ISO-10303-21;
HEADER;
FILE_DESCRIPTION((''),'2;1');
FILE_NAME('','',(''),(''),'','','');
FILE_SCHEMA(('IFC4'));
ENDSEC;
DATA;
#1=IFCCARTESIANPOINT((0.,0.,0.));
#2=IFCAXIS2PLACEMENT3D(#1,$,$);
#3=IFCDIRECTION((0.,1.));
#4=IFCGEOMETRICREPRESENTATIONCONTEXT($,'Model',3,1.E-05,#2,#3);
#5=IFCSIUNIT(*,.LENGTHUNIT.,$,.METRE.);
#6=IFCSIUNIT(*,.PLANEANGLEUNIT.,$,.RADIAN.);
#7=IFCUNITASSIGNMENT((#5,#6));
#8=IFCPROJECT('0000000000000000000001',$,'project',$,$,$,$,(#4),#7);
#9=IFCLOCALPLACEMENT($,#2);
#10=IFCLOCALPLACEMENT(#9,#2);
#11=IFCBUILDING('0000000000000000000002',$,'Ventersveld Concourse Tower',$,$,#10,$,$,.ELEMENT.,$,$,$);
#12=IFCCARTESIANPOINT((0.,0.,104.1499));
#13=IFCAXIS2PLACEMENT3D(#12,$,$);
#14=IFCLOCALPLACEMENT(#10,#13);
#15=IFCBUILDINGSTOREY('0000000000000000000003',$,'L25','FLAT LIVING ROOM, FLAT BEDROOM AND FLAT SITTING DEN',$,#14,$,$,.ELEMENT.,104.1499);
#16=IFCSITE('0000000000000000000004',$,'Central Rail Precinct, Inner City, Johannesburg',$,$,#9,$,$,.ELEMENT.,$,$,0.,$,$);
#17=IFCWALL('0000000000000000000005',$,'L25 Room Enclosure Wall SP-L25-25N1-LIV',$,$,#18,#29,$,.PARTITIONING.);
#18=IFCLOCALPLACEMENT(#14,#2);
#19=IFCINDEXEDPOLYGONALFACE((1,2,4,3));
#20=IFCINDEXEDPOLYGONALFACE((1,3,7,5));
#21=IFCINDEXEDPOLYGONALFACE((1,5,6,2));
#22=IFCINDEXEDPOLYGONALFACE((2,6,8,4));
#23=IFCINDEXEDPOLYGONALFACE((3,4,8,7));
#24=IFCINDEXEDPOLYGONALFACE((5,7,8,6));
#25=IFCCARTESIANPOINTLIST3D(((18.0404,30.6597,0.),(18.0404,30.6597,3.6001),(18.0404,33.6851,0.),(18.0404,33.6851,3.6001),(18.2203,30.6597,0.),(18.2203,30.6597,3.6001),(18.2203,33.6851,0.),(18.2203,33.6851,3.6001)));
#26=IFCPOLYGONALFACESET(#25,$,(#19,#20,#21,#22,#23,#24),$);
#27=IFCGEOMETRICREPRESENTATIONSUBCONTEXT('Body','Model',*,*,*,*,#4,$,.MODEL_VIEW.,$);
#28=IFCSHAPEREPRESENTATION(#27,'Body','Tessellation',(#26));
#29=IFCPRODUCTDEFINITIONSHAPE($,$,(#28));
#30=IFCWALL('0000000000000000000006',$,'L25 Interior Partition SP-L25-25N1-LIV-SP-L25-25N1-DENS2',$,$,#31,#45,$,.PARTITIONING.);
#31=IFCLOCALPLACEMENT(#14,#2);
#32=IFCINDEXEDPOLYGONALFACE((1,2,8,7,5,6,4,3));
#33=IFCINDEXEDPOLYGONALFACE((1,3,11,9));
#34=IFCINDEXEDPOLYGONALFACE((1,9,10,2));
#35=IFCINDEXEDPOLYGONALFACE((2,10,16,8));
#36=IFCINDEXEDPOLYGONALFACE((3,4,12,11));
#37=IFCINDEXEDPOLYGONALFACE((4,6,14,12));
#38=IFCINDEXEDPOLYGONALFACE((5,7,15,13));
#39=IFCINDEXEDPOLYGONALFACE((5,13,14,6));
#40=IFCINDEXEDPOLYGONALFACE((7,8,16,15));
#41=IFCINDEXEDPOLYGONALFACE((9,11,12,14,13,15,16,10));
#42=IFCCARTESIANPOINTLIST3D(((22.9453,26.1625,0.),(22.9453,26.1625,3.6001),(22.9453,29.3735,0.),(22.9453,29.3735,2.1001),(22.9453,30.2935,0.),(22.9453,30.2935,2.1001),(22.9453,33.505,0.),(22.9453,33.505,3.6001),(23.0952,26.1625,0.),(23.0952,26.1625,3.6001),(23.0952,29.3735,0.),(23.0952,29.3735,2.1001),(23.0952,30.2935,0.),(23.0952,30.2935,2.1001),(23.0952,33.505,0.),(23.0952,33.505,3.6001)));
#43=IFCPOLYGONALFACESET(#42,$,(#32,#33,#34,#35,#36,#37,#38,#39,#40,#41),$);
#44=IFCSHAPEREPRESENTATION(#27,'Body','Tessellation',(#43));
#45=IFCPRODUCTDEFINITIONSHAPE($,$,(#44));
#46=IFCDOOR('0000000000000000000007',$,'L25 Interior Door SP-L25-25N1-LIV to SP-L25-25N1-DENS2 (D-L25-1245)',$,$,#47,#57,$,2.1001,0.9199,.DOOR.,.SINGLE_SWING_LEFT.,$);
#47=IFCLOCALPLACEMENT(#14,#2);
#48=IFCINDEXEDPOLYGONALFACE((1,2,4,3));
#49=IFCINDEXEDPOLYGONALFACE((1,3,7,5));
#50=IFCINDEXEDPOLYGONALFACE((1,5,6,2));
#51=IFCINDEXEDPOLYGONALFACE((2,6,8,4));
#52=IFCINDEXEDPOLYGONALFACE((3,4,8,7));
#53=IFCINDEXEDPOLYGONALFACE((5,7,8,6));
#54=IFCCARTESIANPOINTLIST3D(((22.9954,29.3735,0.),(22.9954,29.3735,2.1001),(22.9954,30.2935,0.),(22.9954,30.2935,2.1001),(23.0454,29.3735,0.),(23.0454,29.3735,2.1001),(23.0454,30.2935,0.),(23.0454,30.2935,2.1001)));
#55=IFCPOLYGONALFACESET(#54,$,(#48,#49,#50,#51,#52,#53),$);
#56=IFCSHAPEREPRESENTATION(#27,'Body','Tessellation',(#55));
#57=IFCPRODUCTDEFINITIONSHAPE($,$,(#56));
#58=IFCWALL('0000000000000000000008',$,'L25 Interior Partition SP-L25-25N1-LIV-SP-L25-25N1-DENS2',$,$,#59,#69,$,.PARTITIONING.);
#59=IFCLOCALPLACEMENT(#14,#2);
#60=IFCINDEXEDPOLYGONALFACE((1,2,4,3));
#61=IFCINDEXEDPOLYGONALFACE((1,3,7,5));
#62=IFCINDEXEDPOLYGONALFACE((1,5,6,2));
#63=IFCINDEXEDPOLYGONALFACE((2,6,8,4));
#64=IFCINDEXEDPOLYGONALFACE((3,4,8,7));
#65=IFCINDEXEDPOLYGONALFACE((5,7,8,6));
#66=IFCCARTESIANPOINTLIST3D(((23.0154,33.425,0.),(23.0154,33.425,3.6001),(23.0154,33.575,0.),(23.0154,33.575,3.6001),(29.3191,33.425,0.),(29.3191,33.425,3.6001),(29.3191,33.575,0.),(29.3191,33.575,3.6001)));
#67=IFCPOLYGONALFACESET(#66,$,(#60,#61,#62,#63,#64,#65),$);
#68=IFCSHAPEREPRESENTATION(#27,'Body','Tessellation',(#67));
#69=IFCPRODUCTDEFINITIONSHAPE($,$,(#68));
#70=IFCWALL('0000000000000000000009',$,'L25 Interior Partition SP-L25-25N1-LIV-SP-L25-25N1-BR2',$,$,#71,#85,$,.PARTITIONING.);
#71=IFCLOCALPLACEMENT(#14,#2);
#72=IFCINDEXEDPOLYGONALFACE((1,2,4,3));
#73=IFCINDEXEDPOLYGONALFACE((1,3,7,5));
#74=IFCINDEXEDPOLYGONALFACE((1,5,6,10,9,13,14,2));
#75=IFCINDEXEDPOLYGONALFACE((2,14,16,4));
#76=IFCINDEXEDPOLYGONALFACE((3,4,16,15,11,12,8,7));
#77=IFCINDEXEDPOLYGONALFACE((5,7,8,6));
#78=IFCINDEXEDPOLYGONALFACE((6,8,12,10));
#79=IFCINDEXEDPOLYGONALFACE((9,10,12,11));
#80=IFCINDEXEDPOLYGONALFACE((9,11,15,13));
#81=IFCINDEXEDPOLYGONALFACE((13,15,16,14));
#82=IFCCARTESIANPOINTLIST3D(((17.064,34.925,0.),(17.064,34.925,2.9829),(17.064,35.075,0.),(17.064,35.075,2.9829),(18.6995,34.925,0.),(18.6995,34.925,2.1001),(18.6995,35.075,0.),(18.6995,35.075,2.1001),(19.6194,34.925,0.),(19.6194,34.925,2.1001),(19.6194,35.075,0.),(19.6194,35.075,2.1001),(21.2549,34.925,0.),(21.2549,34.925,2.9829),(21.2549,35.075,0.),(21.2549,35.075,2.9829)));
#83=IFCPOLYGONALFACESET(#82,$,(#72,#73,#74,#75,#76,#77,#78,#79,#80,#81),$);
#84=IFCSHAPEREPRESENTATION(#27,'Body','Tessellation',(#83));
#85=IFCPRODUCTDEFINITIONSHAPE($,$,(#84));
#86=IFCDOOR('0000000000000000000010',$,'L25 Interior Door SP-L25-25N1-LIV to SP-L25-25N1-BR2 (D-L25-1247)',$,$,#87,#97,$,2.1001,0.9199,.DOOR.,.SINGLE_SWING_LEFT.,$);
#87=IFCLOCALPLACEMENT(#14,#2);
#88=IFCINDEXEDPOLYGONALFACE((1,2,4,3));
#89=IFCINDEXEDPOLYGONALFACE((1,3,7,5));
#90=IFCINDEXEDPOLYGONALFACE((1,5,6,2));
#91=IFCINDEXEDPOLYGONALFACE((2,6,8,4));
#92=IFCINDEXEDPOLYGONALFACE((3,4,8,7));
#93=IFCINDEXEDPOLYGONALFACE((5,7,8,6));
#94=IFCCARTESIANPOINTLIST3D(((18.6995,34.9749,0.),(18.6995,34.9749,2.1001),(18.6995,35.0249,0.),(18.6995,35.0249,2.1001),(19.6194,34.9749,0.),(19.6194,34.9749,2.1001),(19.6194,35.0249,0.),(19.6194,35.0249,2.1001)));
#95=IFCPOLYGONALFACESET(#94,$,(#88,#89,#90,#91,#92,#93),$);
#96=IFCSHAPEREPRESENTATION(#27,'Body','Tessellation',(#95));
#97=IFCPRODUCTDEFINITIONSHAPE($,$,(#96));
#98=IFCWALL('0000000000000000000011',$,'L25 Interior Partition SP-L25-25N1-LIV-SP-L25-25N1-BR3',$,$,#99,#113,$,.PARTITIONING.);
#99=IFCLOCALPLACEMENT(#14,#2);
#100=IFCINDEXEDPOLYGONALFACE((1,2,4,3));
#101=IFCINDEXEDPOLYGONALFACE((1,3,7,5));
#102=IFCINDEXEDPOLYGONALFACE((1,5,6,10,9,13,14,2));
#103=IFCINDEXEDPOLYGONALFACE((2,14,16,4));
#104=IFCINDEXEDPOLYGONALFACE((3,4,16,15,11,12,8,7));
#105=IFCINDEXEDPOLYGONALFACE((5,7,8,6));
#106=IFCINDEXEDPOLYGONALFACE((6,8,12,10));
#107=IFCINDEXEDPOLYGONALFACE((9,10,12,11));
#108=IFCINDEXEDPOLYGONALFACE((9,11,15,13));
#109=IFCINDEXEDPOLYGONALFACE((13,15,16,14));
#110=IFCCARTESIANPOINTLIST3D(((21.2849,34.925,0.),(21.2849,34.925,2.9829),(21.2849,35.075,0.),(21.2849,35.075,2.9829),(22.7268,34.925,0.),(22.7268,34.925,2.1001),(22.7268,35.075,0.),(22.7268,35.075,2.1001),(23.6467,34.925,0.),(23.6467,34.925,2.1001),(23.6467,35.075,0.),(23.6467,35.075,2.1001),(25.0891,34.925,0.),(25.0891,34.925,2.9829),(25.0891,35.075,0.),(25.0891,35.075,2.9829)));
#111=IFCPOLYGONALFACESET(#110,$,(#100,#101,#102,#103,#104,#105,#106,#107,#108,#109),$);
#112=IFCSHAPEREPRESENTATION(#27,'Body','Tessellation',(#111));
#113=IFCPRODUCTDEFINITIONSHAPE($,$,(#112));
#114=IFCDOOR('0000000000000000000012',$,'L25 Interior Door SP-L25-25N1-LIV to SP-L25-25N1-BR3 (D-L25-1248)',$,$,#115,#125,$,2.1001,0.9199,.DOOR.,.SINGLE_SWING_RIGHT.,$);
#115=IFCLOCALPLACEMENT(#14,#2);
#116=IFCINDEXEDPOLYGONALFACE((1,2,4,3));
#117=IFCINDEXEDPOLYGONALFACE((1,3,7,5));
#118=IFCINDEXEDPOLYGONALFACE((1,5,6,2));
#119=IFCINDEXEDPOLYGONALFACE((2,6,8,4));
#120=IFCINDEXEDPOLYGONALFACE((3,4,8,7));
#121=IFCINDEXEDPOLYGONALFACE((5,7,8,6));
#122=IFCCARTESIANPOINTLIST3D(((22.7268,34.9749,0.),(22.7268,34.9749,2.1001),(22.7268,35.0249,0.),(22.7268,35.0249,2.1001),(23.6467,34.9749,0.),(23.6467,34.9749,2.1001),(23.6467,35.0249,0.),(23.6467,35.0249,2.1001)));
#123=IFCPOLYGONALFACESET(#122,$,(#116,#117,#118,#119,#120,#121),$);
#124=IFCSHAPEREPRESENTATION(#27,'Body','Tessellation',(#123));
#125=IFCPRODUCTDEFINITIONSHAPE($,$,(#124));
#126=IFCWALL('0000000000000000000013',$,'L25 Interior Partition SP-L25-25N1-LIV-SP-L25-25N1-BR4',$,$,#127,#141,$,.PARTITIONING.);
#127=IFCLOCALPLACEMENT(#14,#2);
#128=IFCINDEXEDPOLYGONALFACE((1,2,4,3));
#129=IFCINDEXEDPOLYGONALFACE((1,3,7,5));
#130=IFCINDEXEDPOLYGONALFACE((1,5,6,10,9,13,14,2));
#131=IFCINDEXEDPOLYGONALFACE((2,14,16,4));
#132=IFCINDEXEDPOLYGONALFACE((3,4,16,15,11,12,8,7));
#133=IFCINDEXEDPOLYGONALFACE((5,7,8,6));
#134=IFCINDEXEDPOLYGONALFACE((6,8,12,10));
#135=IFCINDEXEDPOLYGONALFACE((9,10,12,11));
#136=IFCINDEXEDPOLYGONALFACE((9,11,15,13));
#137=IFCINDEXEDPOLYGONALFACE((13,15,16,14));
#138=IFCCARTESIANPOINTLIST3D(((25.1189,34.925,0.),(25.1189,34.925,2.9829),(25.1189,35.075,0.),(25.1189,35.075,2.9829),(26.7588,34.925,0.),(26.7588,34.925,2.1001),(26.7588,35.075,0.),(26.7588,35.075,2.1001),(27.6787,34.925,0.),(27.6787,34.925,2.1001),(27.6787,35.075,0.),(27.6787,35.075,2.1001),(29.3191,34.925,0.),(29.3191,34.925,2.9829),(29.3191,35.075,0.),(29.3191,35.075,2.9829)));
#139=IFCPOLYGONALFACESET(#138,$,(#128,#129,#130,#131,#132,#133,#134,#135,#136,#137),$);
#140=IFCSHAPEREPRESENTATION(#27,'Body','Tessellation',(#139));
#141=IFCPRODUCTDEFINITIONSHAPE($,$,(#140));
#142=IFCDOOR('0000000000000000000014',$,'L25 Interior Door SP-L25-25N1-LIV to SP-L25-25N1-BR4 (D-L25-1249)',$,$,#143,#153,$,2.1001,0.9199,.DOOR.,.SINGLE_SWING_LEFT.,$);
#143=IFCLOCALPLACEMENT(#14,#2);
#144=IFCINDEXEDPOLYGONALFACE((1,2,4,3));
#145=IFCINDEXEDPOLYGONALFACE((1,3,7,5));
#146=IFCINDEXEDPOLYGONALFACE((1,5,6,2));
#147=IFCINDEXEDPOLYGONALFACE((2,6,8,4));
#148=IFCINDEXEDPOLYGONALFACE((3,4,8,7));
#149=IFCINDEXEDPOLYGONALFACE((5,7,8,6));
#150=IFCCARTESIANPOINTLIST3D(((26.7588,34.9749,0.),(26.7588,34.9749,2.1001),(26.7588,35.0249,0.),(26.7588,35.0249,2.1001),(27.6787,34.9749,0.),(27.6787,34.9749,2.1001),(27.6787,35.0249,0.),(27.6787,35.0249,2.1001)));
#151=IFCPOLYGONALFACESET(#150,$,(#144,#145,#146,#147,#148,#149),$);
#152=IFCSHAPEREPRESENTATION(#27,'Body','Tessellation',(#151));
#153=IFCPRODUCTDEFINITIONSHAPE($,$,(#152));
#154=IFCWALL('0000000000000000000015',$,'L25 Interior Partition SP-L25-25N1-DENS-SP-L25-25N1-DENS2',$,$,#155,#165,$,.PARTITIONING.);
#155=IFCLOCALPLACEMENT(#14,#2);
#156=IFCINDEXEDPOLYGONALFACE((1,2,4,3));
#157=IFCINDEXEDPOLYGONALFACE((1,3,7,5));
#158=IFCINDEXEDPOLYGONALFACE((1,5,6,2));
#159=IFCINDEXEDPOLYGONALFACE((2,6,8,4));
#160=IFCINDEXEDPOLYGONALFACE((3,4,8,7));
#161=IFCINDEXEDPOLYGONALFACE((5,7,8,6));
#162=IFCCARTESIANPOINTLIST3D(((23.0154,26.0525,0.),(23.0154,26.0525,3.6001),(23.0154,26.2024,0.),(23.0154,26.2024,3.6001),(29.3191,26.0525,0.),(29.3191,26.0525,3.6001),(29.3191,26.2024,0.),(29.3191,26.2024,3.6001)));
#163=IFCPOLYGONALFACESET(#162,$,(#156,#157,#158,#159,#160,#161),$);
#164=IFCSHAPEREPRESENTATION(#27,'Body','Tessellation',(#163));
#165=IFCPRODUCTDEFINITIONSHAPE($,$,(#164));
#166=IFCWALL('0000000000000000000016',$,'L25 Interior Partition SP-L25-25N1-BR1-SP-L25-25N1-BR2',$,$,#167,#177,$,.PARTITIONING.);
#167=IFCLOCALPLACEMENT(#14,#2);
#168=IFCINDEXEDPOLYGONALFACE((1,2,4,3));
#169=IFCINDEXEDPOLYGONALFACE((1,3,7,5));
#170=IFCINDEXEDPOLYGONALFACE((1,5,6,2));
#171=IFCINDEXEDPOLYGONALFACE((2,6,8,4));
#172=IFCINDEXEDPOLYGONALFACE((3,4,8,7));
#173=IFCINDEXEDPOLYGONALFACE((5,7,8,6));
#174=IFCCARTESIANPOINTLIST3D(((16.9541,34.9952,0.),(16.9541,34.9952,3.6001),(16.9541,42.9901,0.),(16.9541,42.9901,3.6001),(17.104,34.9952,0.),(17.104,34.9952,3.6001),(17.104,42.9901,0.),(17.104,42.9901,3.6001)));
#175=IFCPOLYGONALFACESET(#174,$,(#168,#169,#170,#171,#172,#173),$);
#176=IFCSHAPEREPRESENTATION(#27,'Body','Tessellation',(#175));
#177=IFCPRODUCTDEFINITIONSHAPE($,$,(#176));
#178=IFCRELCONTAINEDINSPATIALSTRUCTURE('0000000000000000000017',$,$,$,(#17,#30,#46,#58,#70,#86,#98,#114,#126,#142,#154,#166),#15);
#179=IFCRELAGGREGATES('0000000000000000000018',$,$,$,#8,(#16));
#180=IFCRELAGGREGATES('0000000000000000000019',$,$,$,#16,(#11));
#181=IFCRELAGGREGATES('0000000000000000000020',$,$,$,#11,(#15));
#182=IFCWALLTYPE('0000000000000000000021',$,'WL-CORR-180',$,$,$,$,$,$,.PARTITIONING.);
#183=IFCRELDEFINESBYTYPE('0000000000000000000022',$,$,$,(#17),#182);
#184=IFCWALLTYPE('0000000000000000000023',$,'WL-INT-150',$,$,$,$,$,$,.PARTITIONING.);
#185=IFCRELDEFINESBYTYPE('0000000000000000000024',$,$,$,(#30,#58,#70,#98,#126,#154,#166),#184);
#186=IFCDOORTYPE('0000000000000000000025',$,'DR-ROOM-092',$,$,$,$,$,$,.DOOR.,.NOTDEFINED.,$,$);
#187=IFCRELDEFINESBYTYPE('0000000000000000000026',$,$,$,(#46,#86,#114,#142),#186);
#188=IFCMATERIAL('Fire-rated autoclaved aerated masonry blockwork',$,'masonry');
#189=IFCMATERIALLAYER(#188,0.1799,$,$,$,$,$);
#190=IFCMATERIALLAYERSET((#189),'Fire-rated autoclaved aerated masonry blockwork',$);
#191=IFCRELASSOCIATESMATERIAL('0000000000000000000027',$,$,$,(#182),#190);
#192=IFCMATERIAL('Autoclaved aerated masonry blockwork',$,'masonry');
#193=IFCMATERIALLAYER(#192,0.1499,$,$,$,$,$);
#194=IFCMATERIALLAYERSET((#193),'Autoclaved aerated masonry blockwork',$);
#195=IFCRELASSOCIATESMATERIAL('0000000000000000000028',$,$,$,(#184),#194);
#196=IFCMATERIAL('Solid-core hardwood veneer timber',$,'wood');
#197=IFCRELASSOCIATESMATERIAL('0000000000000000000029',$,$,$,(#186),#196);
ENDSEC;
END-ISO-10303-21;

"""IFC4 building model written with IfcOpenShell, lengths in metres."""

from ifc_helpers import new_model, si_unit, direction, frame, frame_2d, origin, place, context, subcontext, project, spatial, rectangle, extrude, material, layer, layer_set, type_object, element, fill, save


model = new_model("IFC4")

# Units and contexts
model_context = context("Model", 3, precision=1e-05, world=origin(), true_north=direction((0.0, 1.0)))
body_context = subcontext(model_context, "Body", "Model", "MODEL_VIEW")
ifc_project = project(units=[si_unit("LENGTHUNIT", "METRE"), si_unit("PLANEANGLEUNIT", "RADIAN")], contexts=[model_context])

# Site, building, storey
site_placement = place(None, origin())
site = spatial("IfcSite", under=ifc_project, at=site_placement, Name="Central Rail Precinct, Inner City, Johannesburg", CompositionType="ELEMENT", RefElevation=0.0)
building_placement = place(site_placement, origin())
building = spatial("IfcBuilding", under=site, at=building_placement, Name="Ventersveld Concourse Tower", CompositionType="ELEMENT")
storey_placement = place(building_placement, frame((0.0, 0.0, 104.1499)))
storey = spatial("IfcBuildingStorey", under=building, at=storey_placement, Name="L25", Description="FLAT LIVING ROOM, FLAT BEDROOM AND FLAT SITTING DEN", CompositionType="ELEMENT", Elevation=104.1499)

# Wall
ifc_material_1 = material(Name="Fire-rated autoclaved aerated masonry blockwork", Category="masonry")
ifc_layer_1 = layer(ifc_material_1, 0.1799)
ifc_layer_set_1 = layer_set([ifc_layer_1], Name="Fire-rated autoclaved aerated masonry blockwork")
wall_type_1 = type_object("IfcWallType", Name="WL-CORR-180", PredefinedType="PARTITIONING", material=ifc_layer_set_1)
wall_1_placement = place(storey_placement, frame((18.1304, 30.6597, 0.0), z_axis=(0.0, 0.0, 1.0), x_axis=(0.0, 1.0, 0.0)))
element("IfcWall", 1, at=wall_1_placement, inside=storey, type_object=wall_type_1, Name="L25 Room Enclosure Wall SP-L25-25N1-LIV", PredefinedType="PARTITIONING", context=body_context, shape_type="SweptSolid", body=[
    extrude(rectangle(XDim=3.0254, YDim=0.1799, at=frame_2d((1.5127, 0.0))), origin(), (0.0, 0.0, 1.0), 3.6001),
])

# Wall, opening, door
ifc_material_2 = material(Name="Autoclaved aerated masonry blockwork", Category="masonry")
ifc_layer_2 = layer(ifc_material_2, 0.1499)
ifc_layer_set_2 = layer_set([ifc_layer_2], Name="Autoclaved aerated masonry blockwork")
wall_type_2 = type_object("IfcWallType", Name="WL-INT-150", PredefinedType="PARTITIONING", material=ifc_layer_set_2)
wall_2_placement = place(storey_placement, frame((23.0203, 26.1624, 0.0), z_axis=(0.0, 0.0, 1.0), x_axis=(0.0, 1.0, 0.0)))
wall_2 = element("IfcWall", 2, at=wall_2_placement, inside=storey, type_object=wall_type_2, Name="L25 Interior Partition SP-L25-25N1-LIV-SP-L25-25N1-DENS2", PredefinedType="PARTITIONING", context=body_context, shape_type="SweptSolid", body=[
    extrude(rectangle(XDim=7.3425, YDim=0.1499, at=frame_2d((3.6714, 0.0))), origin(), (0.0, 0.0, 1.0), 3.6001),
])
opening_1_placement = place(wall_2_placement, frame((3.2112, 0.0, 0.0)))
opening_1 = element("IfcOpeningElement", 3, at=opening_1_placement, cuts=wall_2, PredefinedType="OPENING", context=body_context, shape_type="SweptSolid", body=[
    extrude(rectangle(XDim=0.9199, YDim=2.1001, at=frame_2d((0.46, 1.05))), frame((0.0, 0.085, 0.0), z_axis=(0.0, -1.0, 0.0), x_axis=(1.0, 0.0, 0.0)), (0.0, 0.0, 1.0), 0.1699),
])
ifc_material_3 = material(Name="Solid-core hardwood veneer timber", Category="wood")
door_type = type_object("IfcDoorType", Name="DR-ROOM-092", OperationType="NOTDEFINED", PredefinedType="DOOR", material=ifc_material_3)
door_1_placement = place(opening_1_placement, origin())
door_1 = element("IfcDoor", 4, at=door_1_placement, inside=storey, type_object=door_type, Name="L25 Interior Door SP-L25-25N1-LIV to SP-L25-25N1-DENS2 (D-L25-1245)", OperationType="SINGLE_SWING_LEFT", OverallHeight=2.1001, OverallWidth=0.9199, PredefinedType="DOOR", context=body_context, shape_type="SweptSolid", body=[
    extrude(rectangle(XDim=0.9199, YDim=2.1001, at=frame_2d((0.46, 1.05))), frame((0.0, 0.0249, 0.0), z_axis=(0.0, -1.0, 0.0), x_axis=(1.0, 0.0, 0.0)), (0.0, 0.0, 1.0), 0.05),
])
fill(opening_1, door_1)

# Wall
wall_3_placement = place(storey_placement, frame((23.0154, 33.5, 0.0), z_axis=(0.0, 0.0, 1.0), x_axis=(1.0, 0.0, 0.0)))
element("IfcWall", 5, at=wall_3_placement, inside=storey, type_object=wall_type_2, Name="L25 Interior Partition SP-L25-25N1-LIV-SP-L25-25N1-DENS2", PredefinedType="PARTITIONING", context=body_context, shape_type="SweptSolid", body=[
    extrude(rectangle(XDim=6.3037, YDim=0.1499, at=frame_2d((3.1519, 0.0))), origin(), (0.0, 0.0, 1.0), 3.6001),
])

# Walls, openings, doors
wall_4_placement = place(storey_placement, frame((17.064, 35.0, 0.0), z_axis=(0.0, 0.0, 1.0), x_axis=(1.0, 0.0, 0.0)))
wall_4 = element("IfcWall", 6, at=wall_4_placement, inside=storey, type_object=wall_type_2, Name="L25 Interior Partition SP-L25-25N1-LIV-SP-L25-25N1-BR2", PredefinedType="PARTITIONING", context=body_context, shape_type="SweptSolid", body=[
    extrude(rectangle(XDim=4.1909, YDim=0.1499, at=frame_2d((2.0955, 0.0))), origin(), (0.0, 0.0, 1.0), 2.9829),
])
opening_2_placement = place(wall_4_placement, frame((1.6355, 0.0, 0.0)))
opening_2 = element("IfcOpeningElement", 7, at=opening_2_placement, cuts=wall_4, PredefinedType="OPENING", context=body_context, shape_type="SweptSolid", body=[
    extrude(rectangle(XDim=0.9199, YDim=2.1001, at=frame_2d((0.46, 1.05))), frame((0.0, 0.085, 0.0), z_axis=(0.0, -1.0, 0.0), x_axis=(1.0, 0.0, 0.0)), (0.0, 0.0, 1.0), 0.1699),
])
door_2_placement = place(opening_2_placement, origin())
door_2 = element("IfcDoor", 8, at=door_2_placement, inside=storey, type_object=door_type, Name="L25 Interior Door SP-L25-25N1-LIV to SP-L25-25N1-BR2 (D-L25-1247)", OperationType="SINGLE_SWING_LEFT", OverallHeight=2.1001, OverallWidth=0.9199, PredefinedType="DOOR", context=body_context, shape_type="SweptSolid", body=[
    extrude(rectangle(XDim=0.9199, YDim=2.1001, at=frame_2d((0.46, 1.05))), frame((0.0, 0.0249, 0.0), z_axis=(0.0, -1.0, 0.0), x_axis=(1.0, 0.0, 0.0)), (0.0, 0.0, 1.0), 0.05),
])
fill(opening_2, door_2)
wall_5_placement = place(storey_placement, frame((21.2849, 35.0, 0.0), z_axis=(0.0, 0.0, 1.0), x_axis=(1.0, 0.0, 0.0)))
wall_5 = element("IfcWall", 9, at=wall_5_placement, inside=storey, type_object=wall_type_2, Name="L25 Interior Partition SP-L25-25N1-LIV-SP-L25-25N1-BR3", PredefinedType="PARTITIONING", context=body_context, shape_type="SweptSolid", body=[
    extrude(rectangle(XDim=3.8042, YDim=0.1499, at=frame_2d((1.9021, 0.0))), origin(), (0.0, 0.0, 1.0), 2.9829),
])
opening_3_placement = place(wall_5_placement, frame((1.4419, 0.0, 0.0)))
opening_3 = element("IfcOpeningElement", 10, at=opening_3_placement, cuts=wall_5, PredefinedType="OPENING", context=body_context, shape_type="SweptSolid", body=[
    extrude(rectangle(XDim=0.9199, YDim=2.1001, at=frame_2d((0.46, 1.05))), frame((0.0, 0.085, 0.0), z_axis=(0.0, -1.0, 0.0), x_axis=(1.0, 0.0, 0.0)), (0.0, 0.0, 1.0), 0.1699),
])
door_3_placement = place(opening_3_placement, origin())
door_3 = element("IfcDoor", 11, at=door_3_placement, inside=storey, type_object=door_type, Name="L25 Interior Door SP-L25-25N1-LIV to SP-L25-25N1-BR3 (D-L25-1248)", OperationType="SINGLE_SWING_RIGHT", OverallHeight=2.1001, OverallWidth=0.9199, PredefinedType="DOOR", context=body_context, shape_type="SweptSolid", body=[
    extrude(rectangle(XDim=0.9199, YDim=2.1001, at=frame_2d((0.46, 1.05))), frame((0.0, 0.0249, 0.0), z_axis=(0.0, -1.0, 0.0), x_axis=(1.0, 0.0, 0.0)), (0.0, 0.0, 1.0), 0.05),
])
fill(opening_3, door_3)
wall_6_placement = place(storey_placement, frame((25.1189, 35.0, 0.0), z_axis=(0.0, 0.0, 1.0), x_axis=(1.0, 0.0, 0.0)))
wall_6 = element("IfcWall", 12, at=wall_6_placement, inside=storey, type_object=wall_type_2, Name="L25 Interior Partition SP-L25-25N1-LIV-SP-L25-25N1-BR4", PredefinedType="PARTITIONING", context=body_context, shape_type="SweptSolid", body=[
    extrude(rectangle(XDim=4.2002, YDim=0.1499, at=frame_2d((2.1001, 0.0))), origin(), (0.0, 0.0, 1.0), 2.9829),
])
opening_4_placement = place(wall_6_placement, frame((1.6399, 0.0, 0.0)))
opening_4 = element("IfcOpeningElement", 13, at=opening_4_placement, cuts=wall_6, PredefinedType="OPENING", context=body_context, shape_type="SweptSolid", body=[
    extrude(rectangle(XDim=0.9199, YDim=2.1001, at=frame_2d((0.46, 1.05))), frame((0.0, 0.085, 0.0), z_axis=(0.0, -1.0, 0.0), x_axis=(1.0, 0.0, 0.0)), (0.0, 0.0, 1.0), 0.1699),
])
door_4_placement = place(opening_4_placement, origin())
door_4 = element("IfcDoor", 14, at=door_4_placement, inside=storey, type_object=door_type, Name="L25 Interior Door SP-L25-25N1-LIV to SP-L25-25N1-BR4 (D-L25-1249)", OperationType="SINGLE_SWING_LEFT", OverallHeight=2.1001, OverallWidth=0.9199, PredefinedType="DOOR", context=body_context, shape_type="SweptSolid", body=[
    extrude(rectangle(XDim=0.9199, YDim=2.1001, at=frame_2d((0.46, 1.05))), frame((0.0, 0.0249, 0.0), z_axis=(0.0, -1.0, 0.0), x_axis=(1.0, 0.0, 0.0)), (0.0, 0.0, 1.0), 0.05),
])
fill(opening_4, door_4)

# Walls
wall_7_placement = place(storey_placement, frame((23.0154, 26.1274, 0.0), z_axis=(0.0, 0.0, 1.0), x_axis=(1.0, 0.0, 0.0)))
element("IfcWall", 15, at=wall_7_placement, inside=storey, type_object=wall_type_2, Name="L25 Interior Partition SP-L25-25N1-DENS-SP-L25-25N1-DENS2", PredefinedType="PARTITIONING", context=body_context, shape_type="SweptSolid", body=[
    extrude(rectangle(XDim=6.3037, YDim=0.1499, at=frame_2d((3.1519, 0.0))), origin(), (0.0, 0.0, 1.0), 3.6001),
])
wall_8_placement = place(storey_placement, frame((17.0291, 34.9951, 0.0), z_axis=(0.0, 0.0, 1.0), x_axis=(0.0, 1.0, 0.0)))
element("IfcWall", 16, at=wall_8_placement, inside=storey, type_object=wall_type_2, Name="L25 Interior Partition SP-L25-25N1-BR1-SP-L25-25N1-BR2", PredefinedType="PARTITIONING", context=body_context, shape_type="SweptSolid", body=[
    extrude(rectangle(XDim=7.9949, YDim=0.1499, at=frame_2d((3.9976, 0.0))), origin(), (0.0, 0.0, 1.0), 3.6001),
])

save(model, "model.ifc")
